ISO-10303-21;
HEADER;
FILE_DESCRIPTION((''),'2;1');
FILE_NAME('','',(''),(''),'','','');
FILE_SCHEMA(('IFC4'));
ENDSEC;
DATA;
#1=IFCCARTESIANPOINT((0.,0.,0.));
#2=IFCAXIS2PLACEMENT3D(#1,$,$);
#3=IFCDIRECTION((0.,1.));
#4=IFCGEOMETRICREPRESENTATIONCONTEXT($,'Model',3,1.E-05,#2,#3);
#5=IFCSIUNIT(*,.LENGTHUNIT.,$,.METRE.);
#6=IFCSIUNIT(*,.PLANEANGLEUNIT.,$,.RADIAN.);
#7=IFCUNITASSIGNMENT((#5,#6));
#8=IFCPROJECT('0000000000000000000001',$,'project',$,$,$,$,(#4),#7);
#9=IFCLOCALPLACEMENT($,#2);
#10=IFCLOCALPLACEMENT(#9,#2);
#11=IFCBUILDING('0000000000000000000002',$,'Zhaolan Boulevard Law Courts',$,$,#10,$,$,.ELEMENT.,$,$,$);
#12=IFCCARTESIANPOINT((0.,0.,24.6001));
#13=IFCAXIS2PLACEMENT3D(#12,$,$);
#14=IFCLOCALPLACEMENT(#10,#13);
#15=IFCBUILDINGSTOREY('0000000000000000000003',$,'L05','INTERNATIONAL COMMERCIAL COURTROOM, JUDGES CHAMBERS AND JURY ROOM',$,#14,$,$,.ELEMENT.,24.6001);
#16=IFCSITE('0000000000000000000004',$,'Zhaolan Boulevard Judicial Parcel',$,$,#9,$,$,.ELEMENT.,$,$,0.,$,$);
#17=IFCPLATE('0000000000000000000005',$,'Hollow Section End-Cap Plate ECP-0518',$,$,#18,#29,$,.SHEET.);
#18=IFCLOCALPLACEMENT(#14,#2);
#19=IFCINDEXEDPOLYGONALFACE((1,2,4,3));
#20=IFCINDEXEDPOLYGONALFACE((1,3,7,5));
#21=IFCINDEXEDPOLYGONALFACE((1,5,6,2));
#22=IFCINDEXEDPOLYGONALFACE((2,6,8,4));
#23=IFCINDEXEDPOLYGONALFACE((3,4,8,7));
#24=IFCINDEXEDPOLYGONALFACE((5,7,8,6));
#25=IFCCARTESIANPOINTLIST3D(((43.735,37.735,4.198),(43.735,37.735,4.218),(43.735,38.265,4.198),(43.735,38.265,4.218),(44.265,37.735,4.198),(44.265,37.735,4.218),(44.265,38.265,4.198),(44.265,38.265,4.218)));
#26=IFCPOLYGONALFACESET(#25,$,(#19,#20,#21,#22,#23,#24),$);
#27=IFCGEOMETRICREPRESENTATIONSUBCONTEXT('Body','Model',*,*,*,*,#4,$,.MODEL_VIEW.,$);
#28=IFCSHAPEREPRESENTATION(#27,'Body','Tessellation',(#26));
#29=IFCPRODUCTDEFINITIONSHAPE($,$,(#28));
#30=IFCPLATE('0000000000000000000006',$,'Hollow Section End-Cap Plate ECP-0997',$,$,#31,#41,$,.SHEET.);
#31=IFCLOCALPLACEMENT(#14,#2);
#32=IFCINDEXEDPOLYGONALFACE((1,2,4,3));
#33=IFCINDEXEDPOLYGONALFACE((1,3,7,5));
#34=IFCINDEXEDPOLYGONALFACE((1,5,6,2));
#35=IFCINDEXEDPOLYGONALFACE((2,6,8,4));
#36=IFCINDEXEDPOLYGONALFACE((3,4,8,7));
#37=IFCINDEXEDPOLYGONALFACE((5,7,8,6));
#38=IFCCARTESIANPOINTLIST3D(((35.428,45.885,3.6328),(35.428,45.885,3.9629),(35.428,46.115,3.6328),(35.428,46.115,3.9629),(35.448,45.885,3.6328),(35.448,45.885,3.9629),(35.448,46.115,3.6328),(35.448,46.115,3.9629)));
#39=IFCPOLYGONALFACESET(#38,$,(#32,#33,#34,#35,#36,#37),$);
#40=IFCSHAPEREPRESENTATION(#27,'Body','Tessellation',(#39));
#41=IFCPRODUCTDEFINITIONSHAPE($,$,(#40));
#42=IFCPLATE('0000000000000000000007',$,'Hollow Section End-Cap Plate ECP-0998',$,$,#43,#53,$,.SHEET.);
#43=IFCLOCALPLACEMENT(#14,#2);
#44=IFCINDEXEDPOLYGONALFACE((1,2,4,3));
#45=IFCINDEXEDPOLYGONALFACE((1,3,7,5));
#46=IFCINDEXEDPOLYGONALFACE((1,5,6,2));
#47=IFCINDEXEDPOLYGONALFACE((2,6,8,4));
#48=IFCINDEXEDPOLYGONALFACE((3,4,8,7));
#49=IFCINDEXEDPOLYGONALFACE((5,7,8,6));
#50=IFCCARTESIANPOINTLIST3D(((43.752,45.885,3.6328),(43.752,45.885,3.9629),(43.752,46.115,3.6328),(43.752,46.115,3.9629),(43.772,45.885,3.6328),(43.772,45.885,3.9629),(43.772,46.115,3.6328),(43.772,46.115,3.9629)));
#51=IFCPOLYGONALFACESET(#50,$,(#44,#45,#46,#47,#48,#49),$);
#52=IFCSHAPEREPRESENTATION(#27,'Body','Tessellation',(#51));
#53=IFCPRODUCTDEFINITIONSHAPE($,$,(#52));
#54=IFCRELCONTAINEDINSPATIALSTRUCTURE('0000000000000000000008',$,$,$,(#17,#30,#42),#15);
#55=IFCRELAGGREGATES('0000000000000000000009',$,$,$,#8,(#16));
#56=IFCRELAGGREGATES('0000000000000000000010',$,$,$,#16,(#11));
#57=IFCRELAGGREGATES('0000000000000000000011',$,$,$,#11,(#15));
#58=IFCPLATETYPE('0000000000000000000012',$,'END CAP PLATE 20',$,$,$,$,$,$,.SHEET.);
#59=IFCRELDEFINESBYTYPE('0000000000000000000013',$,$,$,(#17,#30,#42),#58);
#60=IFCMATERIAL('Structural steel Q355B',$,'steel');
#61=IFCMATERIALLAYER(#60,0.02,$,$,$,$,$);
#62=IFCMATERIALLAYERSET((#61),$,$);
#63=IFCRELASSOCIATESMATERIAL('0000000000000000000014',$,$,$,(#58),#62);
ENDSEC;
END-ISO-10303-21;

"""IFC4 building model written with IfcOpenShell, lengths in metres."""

from ifc_helpers import new_model, si_unit, direction, frame, origin, origin_2d, place, context, subcontext, project, spatial, rectangle, extrude, material, layer, layer_set, type_object, element, save


model = new_model("IFC4")

# Units and contexts
model_context = context("Model", 3, precision=1e-05, world=origin(), true_north=direction((0.0, 1.0)))
body_context = subcontext(model_context, "Body", "Model", "MODEL_VIEW")
ifc_project = project(units=[si_unit("LENGTHUNIT", "METRE"), si_unit("PLANEANGLEUNIT", "RADIAN")], contexts=[model_context])

# Site, building, storey
site_placement = place(None, origin())
site = spatial("IfcSite", under=ifc_project, at=site_placement, Name="Zhaolan Boulevard Judicial Parcel", CompositionType="ELEMENT", RefElevation=0.0)
building_placement = place(site_placement, origin())
building = spatial("IfcBuilding", under=site, at=building_placement, Name="Zhaolan Boulevard Law Courts", CompositionType="ELEMENT")
storey_placement = place(building_placement, frame((0.0, 0.0, 24.6001)))
storey = spatial("IfcBuildingStorey", under=building, at=storey_placement, Name="L05", Description="INTERNATIONAL COMMERCIAL COURTROOM, JUDGES CHAMBERS AND JURY ROOM", CompositionType="ELEMENT", Elevation=24.6001)

# Plates
ifc_material_1 = material(Name="Structural steel Q355B", Category="steel")
ifc_layer_1 = layer(ifc_material_1, 0.02)
ifc_layer_set_1 = layer_set([ifc_layer_1])
plate_type_1 = type_object("IfcPlateType", Name="END CAP PLATE 20", PredefinedType="SHEET", material=ifc_layer_set_1)
for number, where, z_axis, x_axis, name in (
    (1, (44.0, 38.0, 4.198), (0.0, 0.0, 1.0), (1.0, 0.0, 0.0), "Hollow Section End-Cap Plate ECP-0518"),
):
    element("IfcPlate", number, at=place(storey_placement, frame(where, z_axis=z_axis, x_axis=x_axis)), inside=storey, type_object=plate_type_1, Name=name, PredefinedType="SHEET", context=body_context, shape_type="SweptSolid", body=[
        extrude(rectangle(XDim=0.53, YDim=0.53, at=origin_2d()), origin(), (0.0, 0.0, 1.0), 0.02),
    ])
for number, where, z_axis, x_axis, name in (
    (2, (35.438, 46.0, 3.6328), (0.0, 0.0, 1.0), (1.0, 0.0, 0.0), "Hollow Section End-Cap Plate ECP-0997"),
    (3, (43.762, 46.0, 3.6328), (0.0, 0.0, 1.0), (1.0, 0.0, 0.0), "Hollow Section End-Cap Plate ECP-0998"),
):
    element("IfcPlate", number, at=place(storey_placement, frame(where, z_axis=z_axis, x_axis=x_axis)), inside=storey, type_object=plate_type_1, Name=name, PredefinedType="SHEET", context=body_context, shape_type="SweptSolid", body=[
        extrude(rectangle(XDim=0.02, YDim=0.23, at=origin_2d()), origin(), (0.0, 0.0, 1.0), 0.3301),
    ])

save(model, "model.ifc")
